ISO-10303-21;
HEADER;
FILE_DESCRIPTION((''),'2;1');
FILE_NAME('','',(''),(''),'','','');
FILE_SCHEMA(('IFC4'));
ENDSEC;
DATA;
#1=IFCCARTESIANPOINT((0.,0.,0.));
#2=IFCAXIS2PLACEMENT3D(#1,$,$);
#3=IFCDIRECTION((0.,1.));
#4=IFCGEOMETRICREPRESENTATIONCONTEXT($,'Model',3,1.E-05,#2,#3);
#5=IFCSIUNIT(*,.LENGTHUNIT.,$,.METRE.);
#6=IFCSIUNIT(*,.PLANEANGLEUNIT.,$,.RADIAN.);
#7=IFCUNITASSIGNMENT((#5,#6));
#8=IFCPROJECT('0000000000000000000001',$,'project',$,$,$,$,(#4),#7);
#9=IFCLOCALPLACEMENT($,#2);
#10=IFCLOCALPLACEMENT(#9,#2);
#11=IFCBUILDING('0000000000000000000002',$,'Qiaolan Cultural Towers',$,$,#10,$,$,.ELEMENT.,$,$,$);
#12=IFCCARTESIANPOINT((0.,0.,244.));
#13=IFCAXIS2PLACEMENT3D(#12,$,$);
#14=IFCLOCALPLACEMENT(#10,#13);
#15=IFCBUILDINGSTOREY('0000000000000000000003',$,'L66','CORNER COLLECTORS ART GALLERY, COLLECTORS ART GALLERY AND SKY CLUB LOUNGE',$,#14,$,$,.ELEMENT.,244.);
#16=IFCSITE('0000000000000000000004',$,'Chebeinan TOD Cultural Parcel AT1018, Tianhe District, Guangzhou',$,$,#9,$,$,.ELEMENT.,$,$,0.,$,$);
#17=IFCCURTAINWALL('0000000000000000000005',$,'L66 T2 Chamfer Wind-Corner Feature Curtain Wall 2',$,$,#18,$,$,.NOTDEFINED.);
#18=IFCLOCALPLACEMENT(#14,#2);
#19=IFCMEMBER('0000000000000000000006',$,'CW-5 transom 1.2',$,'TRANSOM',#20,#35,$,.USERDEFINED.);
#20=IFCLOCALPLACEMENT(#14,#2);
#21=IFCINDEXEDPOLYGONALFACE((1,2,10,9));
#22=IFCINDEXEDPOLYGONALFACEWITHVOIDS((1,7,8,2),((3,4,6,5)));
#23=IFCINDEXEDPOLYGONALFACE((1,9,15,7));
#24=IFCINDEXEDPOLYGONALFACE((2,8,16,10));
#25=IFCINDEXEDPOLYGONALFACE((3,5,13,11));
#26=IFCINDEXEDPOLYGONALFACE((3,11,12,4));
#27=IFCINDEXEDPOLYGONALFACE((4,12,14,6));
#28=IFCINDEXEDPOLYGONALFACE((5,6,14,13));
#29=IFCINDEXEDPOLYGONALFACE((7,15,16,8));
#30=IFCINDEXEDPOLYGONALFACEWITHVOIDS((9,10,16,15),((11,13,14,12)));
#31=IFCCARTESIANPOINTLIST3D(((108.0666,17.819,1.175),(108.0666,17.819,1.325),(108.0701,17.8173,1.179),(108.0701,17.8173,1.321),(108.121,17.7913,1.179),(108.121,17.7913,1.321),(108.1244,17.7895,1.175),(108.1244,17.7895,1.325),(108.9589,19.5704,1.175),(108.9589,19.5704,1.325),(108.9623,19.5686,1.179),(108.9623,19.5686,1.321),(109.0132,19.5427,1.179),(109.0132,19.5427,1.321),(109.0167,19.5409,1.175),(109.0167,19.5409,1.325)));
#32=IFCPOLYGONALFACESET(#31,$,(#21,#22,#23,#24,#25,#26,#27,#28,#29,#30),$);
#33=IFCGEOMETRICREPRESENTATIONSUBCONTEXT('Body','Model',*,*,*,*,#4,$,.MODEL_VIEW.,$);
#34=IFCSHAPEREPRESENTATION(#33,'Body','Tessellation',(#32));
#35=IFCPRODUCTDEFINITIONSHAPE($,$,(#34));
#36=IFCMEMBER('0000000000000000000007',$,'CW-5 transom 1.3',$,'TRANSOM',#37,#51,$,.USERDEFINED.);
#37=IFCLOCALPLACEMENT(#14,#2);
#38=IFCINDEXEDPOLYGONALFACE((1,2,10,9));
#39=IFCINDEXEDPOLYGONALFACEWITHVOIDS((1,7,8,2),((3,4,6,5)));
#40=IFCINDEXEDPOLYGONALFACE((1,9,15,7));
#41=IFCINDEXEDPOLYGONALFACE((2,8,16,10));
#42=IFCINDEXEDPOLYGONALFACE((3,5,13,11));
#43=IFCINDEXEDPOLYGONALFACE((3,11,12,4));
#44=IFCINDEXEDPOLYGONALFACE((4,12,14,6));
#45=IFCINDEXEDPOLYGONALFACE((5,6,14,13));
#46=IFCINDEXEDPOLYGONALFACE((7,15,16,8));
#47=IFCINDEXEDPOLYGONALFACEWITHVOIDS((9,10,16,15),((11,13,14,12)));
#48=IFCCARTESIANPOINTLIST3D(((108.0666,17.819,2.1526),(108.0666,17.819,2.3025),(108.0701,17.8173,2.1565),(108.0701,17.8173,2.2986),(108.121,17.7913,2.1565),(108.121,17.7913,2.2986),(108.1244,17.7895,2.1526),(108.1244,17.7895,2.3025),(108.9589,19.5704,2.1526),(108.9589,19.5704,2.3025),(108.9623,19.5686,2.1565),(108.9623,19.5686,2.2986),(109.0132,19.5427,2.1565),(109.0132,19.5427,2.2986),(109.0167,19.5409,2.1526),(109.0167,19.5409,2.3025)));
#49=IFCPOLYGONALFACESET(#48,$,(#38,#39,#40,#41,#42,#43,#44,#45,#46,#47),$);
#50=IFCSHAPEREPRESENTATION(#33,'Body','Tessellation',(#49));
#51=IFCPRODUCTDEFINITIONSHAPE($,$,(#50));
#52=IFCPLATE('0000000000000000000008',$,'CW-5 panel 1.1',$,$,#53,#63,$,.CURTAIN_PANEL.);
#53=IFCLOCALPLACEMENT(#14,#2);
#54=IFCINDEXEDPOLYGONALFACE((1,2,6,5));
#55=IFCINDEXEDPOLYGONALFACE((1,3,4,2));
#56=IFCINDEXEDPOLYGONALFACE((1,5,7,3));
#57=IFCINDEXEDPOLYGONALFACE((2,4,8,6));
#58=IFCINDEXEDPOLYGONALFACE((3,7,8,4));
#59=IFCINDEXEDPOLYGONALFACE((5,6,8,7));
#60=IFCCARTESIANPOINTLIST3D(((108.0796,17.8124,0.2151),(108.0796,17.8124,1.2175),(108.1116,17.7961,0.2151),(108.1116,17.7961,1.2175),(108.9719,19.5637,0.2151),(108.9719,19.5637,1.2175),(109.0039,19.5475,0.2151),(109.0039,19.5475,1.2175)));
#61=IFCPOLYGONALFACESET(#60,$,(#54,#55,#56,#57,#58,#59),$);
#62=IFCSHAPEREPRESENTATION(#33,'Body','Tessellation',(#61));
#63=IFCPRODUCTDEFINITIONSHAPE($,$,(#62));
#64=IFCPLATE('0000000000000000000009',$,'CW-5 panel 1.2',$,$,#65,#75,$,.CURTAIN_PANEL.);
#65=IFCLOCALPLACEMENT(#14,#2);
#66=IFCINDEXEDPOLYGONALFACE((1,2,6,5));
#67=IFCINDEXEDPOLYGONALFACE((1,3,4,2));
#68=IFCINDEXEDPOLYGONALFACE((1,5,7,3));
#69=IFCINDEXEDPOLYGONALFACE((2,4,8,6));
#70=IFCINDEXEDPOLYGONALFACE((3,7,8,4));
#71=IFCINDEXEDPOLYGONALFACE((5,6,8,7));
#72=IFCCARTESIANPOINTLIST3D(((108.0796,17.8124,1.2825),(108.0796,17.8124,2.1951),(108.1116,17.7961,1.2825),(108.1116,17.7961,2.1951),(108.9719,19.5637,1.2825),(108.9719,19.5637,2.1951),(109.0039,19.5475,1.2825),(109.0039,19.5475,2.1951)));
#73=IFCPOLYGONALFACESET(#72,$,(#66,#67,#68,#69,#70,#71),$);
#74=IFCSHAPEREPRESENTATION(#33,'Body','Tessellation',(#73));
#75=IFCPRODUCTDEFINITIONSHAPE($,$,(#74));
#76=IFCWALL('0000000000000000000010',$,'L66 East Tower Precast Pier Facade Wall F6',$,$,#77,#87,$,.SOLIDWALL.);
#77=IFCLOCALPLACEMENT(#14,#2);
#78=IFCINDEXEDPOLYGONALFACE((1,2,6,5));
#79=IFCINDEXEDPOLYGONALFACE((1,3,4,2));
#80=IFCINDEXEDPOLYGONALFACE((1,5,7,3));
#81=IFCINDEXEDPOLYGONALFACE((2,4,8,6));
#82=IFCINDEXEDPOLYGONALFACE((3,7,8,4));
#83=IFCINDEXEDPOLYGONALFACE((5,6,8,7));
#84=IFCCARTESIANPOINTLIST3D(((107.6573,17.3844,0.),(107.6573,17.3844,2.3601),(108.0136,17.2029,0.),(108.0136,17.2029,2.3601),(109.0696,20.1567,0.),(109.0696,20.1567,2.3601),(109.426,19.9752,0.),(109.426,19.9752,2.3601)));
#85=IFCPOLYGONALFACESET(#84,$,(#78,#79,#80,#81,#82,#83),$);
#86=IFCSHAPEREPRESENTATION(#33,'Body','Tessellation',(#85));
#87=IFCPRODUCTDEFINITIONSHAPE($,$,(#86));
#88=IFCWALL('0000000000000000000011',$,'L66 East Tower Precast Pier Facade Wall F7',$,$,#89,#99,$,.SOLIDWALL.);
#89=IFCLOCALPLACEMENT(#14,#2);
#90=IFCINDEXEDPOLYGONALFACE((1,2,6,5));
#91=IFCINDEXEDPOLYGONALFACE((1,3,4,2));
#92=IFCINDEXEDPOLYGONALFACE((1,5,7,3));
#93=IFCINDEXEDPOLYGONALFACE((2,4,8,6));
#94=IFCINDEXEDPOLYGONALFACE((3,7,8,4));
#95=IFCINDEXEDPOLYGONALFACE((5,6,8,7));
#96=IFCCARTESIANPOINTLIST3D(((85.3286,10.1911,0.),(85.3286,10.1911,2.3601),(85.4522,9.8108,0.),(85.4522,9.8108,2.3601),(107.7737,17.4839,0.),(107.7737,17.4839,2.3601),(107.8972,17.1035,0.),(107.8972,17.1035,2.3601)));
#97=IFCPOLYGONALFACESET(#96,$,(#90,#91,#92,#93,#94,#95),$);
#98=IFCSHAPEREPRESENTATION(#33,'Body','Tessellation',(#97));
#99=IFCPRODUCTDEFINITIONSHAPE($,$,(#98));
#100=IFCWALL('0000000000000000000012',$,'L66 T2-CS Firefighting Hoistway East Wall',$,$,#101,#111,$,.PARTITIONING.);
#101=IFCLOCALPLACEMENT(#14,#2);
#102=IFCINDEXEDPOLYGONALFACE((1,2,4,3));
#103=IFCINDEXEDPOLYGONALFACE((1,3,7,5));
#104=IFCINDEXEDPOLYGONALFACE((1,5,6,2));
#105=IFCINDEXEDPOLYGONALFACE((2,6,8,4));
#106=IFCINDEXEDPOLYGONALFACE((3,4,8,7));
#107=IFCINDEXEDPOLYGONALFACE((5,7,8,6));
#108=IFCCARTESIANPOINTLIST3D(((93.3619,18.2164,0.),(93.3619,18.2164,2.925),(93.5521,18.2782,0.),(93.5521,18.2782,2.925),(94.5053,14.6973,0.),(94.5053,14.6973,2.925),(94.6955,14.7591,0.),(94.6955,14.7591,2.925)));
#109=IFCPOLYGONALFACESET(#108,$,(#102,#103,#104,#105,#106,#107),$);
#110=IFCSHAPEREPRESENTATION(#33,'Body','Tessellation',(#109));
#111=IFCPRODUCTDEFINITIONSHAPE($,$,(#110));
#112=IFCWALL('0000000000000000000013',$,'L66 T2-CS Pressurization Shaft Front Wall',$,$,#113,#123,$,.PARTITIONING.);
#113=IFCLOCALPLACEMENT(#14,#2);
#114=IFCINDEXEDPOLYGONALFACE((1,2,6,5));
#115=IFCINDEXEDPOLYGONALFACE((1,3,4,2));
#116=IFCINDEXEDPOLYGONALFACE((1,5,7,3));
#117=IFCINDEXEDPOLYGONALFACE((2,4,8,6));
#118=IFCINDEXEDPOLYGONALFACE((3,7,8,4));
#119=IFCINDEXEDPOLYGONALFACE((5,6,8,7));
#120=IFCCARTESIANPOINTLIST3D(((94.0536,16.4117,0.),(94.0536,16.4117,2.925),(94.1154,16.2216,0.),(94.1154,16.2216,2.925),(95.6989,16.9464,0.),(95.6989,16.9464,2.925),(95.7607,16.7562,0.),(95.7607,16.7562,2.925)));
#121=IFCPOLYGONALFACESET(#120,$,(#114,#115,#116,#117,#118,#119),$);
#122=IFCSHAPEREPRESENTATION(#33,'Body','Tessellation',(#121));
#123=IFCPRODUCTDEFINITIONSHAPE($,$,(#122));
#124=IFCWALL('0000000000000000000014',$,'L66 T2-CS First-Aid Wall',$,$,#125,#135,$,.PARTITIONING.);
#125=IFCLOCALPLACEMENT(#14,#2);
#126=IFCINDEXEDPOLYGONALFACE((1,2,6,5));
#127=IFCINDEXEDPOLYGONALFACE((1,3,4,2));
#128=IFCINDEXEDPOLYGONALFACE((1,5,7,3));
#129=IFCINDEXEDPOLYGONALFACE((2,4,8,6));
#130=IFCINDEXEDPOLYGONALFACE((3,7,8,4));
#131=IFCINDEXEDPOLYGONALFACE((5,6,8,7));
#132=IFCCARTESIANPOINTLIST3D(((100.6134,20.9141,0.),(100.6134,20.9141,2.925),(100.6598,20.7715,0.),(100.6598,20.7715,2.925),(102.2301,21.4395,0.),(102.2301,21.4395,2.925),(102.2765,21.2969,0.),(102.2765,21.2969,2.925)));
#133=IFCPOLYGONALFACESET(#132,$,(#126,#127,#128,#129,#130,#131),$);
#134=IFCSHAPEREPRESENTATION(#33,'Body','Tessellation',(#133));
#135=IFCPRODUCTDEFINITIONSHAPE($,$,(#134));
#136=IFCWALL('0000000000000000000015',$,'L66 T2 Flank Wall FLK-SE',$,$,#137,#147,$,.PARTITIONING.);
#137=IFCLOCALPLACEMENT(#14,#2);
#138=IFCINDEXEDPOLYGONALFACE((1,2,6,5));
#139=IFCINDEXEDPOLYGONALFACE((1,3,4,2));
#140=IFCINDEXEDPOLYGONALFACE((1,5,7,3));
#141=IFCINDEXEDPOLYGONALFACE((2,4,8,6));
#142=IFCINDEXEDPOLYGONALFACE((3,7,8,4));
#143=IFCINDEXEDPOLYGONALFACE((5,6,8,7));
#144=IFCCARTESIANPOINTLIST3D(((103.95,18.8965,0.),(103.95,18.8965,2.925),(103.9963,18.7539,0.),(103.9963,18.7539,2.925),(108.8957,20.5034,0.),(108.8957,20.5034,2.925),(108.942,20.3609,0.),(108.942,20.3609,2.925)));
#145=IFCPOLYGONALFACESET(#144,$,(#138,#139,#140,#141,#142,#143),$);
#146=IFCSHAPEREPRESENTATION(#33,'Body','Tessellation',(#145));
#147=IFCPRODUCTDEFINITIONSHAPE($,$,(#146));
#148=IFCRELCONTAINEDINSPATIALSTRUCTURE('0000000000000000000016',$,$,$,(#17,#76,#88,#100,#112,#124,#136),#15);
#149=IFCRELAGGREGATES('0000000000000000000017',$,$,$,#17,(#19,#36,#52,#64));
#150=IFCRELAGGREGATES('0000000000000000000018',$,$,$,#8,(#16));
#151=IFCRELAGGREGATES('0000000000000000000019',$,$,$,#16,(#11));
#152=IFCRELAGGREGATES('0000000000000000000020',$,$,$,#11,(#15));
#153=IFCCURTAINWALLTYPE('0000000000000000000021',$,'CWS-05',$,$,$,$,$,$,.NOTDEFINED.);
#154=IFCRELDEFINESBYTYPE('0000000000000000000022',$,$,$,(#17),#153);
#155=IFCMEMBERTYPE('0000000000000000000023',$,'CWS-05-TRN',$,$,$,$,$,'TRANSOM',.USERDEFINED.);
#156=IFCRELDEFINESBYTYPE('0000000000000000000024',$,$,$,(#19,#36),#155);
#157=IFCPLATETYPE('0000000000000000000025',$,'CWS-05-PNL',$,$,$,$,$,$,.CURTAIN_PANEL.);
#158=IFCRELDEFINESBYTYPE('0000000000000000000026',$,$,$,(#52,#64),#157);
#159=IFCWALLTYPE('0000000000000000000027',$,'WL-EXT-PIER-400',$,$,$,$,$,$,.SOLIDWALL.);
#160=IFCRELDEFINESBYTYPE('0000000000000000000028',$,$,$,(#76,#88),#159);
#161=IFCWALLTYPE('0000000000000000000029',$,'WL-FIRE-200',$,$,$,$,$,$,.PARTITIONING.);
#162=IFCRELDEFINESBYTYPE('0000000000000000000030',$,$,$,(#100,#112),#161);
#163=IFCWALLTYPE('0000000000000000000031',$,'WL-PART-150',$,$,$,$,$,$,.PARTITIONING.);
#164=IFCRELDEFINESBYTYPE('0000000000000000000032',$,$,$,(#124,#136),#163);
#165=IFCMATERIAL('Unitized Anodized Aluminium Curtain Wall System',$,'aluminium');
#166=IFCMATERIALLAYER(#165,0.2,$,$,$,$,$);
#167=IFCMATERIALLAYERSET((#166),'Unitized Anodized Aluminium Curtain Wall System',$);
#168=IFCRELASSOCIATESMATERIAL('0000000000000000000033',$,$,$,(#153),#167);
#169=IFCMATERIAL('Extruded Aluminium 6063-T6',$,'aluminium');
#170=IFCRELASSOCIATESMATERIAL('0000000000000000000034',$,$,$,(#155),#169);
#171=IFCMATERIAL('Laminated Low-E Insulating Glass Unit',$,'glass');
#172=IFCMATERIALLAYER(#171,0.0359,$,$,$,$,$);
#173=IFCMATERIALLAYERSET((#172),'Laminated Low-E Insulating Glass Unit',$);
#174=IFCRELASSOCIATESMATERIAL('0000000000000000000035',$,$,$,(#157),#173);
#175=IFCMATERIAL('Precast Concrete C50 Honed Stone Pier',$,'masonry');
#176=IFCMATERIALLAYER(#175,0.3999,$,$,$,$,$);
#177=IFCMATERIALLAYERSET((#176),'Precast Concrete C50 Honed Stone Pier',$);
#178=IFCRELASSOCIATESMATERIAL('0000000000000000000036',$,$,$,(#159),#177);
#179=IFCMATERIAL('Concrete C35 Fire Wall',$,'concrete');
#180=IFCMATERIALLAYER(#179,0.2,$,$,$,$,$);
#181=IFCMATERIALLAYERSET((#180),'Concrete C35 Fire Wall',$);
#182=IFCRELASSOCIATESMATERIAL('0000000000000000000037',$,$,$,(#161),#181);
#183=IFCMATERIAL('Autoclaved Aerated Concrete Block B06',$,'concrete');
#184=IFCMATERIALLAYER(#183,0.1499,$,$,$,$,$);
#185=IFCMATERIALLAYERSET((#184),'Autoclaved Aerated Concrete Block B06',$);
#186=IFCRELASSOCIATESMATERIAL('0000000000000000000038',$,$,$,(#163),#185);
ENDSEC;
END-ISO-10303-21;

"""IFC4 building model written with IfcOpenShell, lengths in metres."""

from ifc_helpers import new_model, si_unit, direction, frame, frame_2d, origin, origin_2d, place, context, subcontext, project, spatial, rectangle, hollow_rectangle, extrude, material, layer, layer_set, material_profile, profile_set, type_object, element, aggregate, save


model = new_model("IFC4")

# Units and contexts
model_context = context("Model", 3, precision=1e-05, world=origin(), true_north=direction((0.0, 1.0)))
body_context = subcontext(model_context, "Body", "Model", "MODEL_VIEW")
ifc_project = project(units=[si_unit("LENGTHUNIT", "METRE"), si_unit("PLANEANGLEUNIT", "RADIAN")], contexts=[model_context])

# Site, building, storey
site_placement = place(None, origin())
site = spatial("IfcSite", under=ifc_project, at=site_placement, Name="Chebeinan TOD Cultural Parcel AT1018, Tianhe District, Guangzhou", CompositionType="ELEMENT", RefElevation=0.0)
building_placement = place(site_placement, origin())
building = spatial("IfcBuilding", under=site, at=building_placement, Name="Qiaolan Cultural Towers", CompositionType="ELEMENT")
storey_placement = place(building_placement, frame((0.0, 0.0, 244.0)))
storey = spatial("IfcBuildingStorey", under=building, at=storey_placement, Name="L66", Description="CORNER COLLECTORS ART GALLERY, COLLECTORS ART GALLERY AND SKY CLUB LOUNGE", CompositionType="ELEMENT", Elevation=244.0)

# Curtain wall, members, plates
ifc_material_1 = material(Name="Unitized Anodized Aluminium Curtain Wall System", Category="aluminium")
ifc_layer_1 = layer(ifc_material_1, 0.2)
ifc_layer_set_1 = layer_set([ifc_layer_1], Name="Unitized Anodized Aluminium Curtain Wall System")
curtain_wall_type = type_object("IfcCurtainWallType", Name="CWS-05", PredefinedType="NOTDEFINED", material=ifc_layer_set_1)
curtain_wall_placement = place(storey_placement, origin())
curtain_wall = element("IfcCurtainWall", 1, at=curtain_wall_placement, inside=storey, type_object=curtain_wall_type, Name="L66 T2 Chamfer Wind-Corner Feature Curtain Wall 2", PredefinedType="NOTDEFINED")
ifc_material_2 = material(Name="Extruded Aluminium 6063-T6", Category="aluminium")
ifc_material_profile_1 = material_profile(ifc_material_2, hollow_rectangle(XDim=0.0649, YDim=0.1499, WallThickness=0.0039, at=origin_2d()), Name="CWT-150x65x4")
ifc_profile_set_1 = profile_set([ifc_material_profile_1], Name="Extruded Aluminium 6063-T6")
member_type_1 = type_object("IfcMemberType", Name="CWS-05-TRN", ElementType="TRANSOM", PredefinedType="USERDEFINED", material=ifc_profile_set_1)
member_1_placement = place(storey_placement, frame((108.9878, 19.5557, 1.25), z_axis=(-0.453957, -0.891023, 0.0), x_axis=(0.891023, -0.453957, 0.0)))
member_1 = element("IfcMember", 2, at=member_1_placement, type_object=member_type_1, Name="CW-5 transom 1.2", ObjectType="TRANSOM", PredefinedType="USERDEFINED", context=body_context, shape_type="SweptSolid", body=[
    extrude(hollow_rectangle(XDim=0.0649, YDim=0.1499, WallThickness=0.0039, at=origin_2d()), origin(), (0.0, 0.0, 1.0), 1.9656),
])
member_2_placement = place(storey_placement, frame((108.9878, 19.5557, 2.2275), z_axis=(-0.453957, -0.891023, 0.0), x_axis=(0.891023, -0.453957, 0.0)))
member_2 = element("IfcMember", 3, at=member_2_placement, type_object=member_type_1, Name="CW-5 transom 1.3", ObjectType="TRANSOM", PredefinedType="USERDEFINED", context=body_context, shape_type="SweptSolid", body=[
    extrude(hollow_rectangle(XDim=0.0649, YDim=0.1499, WallThickness=0.0039, at=origin_2d()), origin(), (0.0, 0.0, 1.0), 1.9656),
])
ifc_material_3 = material(Name="Laminated Low-E Insulating Glass Unit", Category="glass")
ifc_layer_2 = layer(ifc_material_3, 0.0359)
ifc_layer_set_2 = layer_set([ifc_layer_2], Name="Laminated Low-E Insulating Glass Unit")
plate_type = type_object("IfcPlateType", Name="CWS-05-PNL", PredefinedType="CURTAIN_PANEL", material=ifc_layer_set_2)
plate_1_placement = place(storey_placement, frame((108.5417, 18.6799, 0.2151), z_axis=(0.0, 0.0, 1.0), x_axis=(-0.45399, -0.891007, 0.0)))
plate_1 = element("IfcPlate", 4, at=plate_1_placement, type_object=plate_type, Name="CW-5 panel 1.1", PredefinedType="CURTAIN_PANEL", context=body_context, shape_type="SweptSolid", body=[
    extrude(rectangle(XDim=1.9656, YDim=0.0359, at=origin_2d()), origin(), (0.0, 0.0, 1.0), 1.0024),
])
plate_2_placement = place(storey_placement, frame((108.5417, 18.6799, 1.2825), z_axis=(0.0, 0.0, 1.0), x_axis=(-0.45399, -0.891007, 0.0)))
plate_2 = element("IfcPlate", 5, at=plate_2_placement, type_object=plate_type, Name="CW-5 panel 1.2", PredefinedType="CURTAIN_PANEL", context=body_context, shape_type="SweptSolid", body=[
    extrude(rectangle(XDim=1.9656, YDim=0.0359, at=origin_2d()), origin(), (0.0, 0.0, 1.0), 0.9126),
])
aggregate(curtain_wall, [member_1, member_2, plate_1, plate_2])

# Walls
ifc_material_4 = material(Name="Precast Concrete C50 Honed Stone Pier", Category="masonry")
ifc_layer_3 = layer(ifc_material_4, 0.3999)
ifc_layer_set_3 = layer_set([ifc_layer_3], Name="Precast Concrete C50 Honed Stone Pier")
wall_type_1 = type_object("IfcWallType", Name="WL-EXT-PIER-400", PredefinedType="SOLIDWALL", material=ifc_layer_set_3)
wall_1_placement = place(storey_placement, frame((109.2478, 20.0659, 0.0), z_axis=(0.0, 0.0, 1.0), x_axis=(-0.453949, -0.891028, 0.0)))
element("IfcWall", 6, at=wall_1_placement, inside=storey, type_object=wall_type_1, Name="L66 East Tower Precast Pier Facade Wall F6", PredefinedType="SOLIDWALL", context=body_context, shape_type="SweptSolid", body=[
    extrude(rectangle(XDim=3.1113, YDim=0.3999, at=frame_2d((1.5557, 0.0))), origin(), (0.0, 0.0, 1.0), 2.3601),
])
wall_2_placement = place(storey_placement, frame((107.8354, 17.2937, 0.0), z_axis=(0.0, 0.0, 1.0), x_axis=(-0.951058, -0.309012, 0.0)))
element("IfcWall", 7, at=wall_2_placement, inside=storey, type_object=wall_type_1, Name="L66 East Tower Precast Pier Facade Wall F7", PredefinedType="SOLIDWALL", context=body_context, shape_type="SweptSolid", body=[
    extrude(rectangle(XDim=23.6001, YDim=0.3999, at=frame_2d((11.8, 0.0))), origin(), (0.0, 0.0, 1.0), 2.3601),
])
ifc_material_5 = material(Name="Concrete C35 Fire Wall", Category="concrete")
ifc_layer_4 = layer(ifc_material_5, 0.2)
ifc_layer_set_4 = layer_set([ifc_layer_4], Name="Concrete C35 Fire Wall")
wall_type_2 = type_object("IfcWallType", Name="WL-FIRE-200", PredefinedType="PARTITIONING", material=ifc_layer_set_4)
wall_3_placement = place(storey_placement, frame((93.457, 18.2473, 0.0), z_axis=(0.0, 0.0, 1.0), x_axis=(0.308994, -0.951064, 0.0)))
element("IfcWall", 8, at=wall_3_placement, inside=storey, type_object=wall_type_2, Name="L66 T2-CS Firefighting Hoistway East Wall", PredefinedType="PARTITIONING", context=body_context, shape_type="SweptSolid", body=[
    extrude(rectangle(XDim=3.7002, YDim=0.2, at=frame_2d((1.8501, 0.0))), origin(), (0.0, 0.0, 1.0), 2.925),
])
wall_4_placement = place(storey_placement, frame((94.0845, 16.3167, 0.0), z_axis=(0.0, 0.0, 1.0), x_axis=(0.951041, 0.309064, 0.0)))
element("IfcWall", 9, at=wall_4_placement, inside=storey, type_object=wall_type_2, Name="L66 T2-CS Pressurization Shaft Front Wall", PredefinedType="PARTITIONING", context=body_context, shape_type="SweptSolid", body=[
    extrude(rectangle(XDim=1.73, YDim=0.2, at=frame_2d((0.865, 0.0))), origin(), (0.0, 0.0, 1.0), 2.925),
])
ifc_material_6 = material(Name="Autoclaved Aerated Concrete Block B06", Category="concrete")
ifc_layer_5 = layer(ifc_material_6, 0.1499)
ifc_layer_set_5 = layer_set([ifc_layer_5], Name="Autoclaved Aerated Concrete Block B06")
wall_type_3 = type_object("IfcWallType", Name="WL-PART-150", PredefinedType="PARTITIONING", material=ifc_layer_set_5)
wall_5_placement = place(storey_placement, frame((100.6365, 20.8428, 0.0), z_axis=(0.0, 0.0, 1.0), x_axis=(0.95104, 0.309067, 0.0)))
element("IfcWall", 10, at=wall_5_placement, inside=storey, type_object=wall_type_3, Name="L66 T2-CS First-Aid Wall", PredefinedType="PARTITIONING", context=body_context, shape_type="SweptSolid", body=[
    extrude(rectangle(XDim=1.7, YDim=0.1499, at=frame_2d((0.8501, 0.0))), origin(), (0.0, 0.0, 1.0), 2.925),
])
wall_6_placement = place(storey_placement, frame((103.9731, 18.8252, 0.0), z_axis=(0.0, 0.0, 1.0), x_axis=(0.951055, 0.309021, 0.0)))
element("IfcWall", 11, at=wall_6_placement, inside=storey, type_object=wall_type_3, Name="L66 T2 Flank Wall FLK-SE", PredefinedType="PARTITIONING", context=body_context, shape_type="SweptSolid", body=[
    extrude(rectangle(XDim=5.2002, YDim=0.1499, at=frame_2d((2.6001, 0.0))), origin(), (0.0, 0.0, 1.0), 2.925),
])

save(model, "model.ifc")
